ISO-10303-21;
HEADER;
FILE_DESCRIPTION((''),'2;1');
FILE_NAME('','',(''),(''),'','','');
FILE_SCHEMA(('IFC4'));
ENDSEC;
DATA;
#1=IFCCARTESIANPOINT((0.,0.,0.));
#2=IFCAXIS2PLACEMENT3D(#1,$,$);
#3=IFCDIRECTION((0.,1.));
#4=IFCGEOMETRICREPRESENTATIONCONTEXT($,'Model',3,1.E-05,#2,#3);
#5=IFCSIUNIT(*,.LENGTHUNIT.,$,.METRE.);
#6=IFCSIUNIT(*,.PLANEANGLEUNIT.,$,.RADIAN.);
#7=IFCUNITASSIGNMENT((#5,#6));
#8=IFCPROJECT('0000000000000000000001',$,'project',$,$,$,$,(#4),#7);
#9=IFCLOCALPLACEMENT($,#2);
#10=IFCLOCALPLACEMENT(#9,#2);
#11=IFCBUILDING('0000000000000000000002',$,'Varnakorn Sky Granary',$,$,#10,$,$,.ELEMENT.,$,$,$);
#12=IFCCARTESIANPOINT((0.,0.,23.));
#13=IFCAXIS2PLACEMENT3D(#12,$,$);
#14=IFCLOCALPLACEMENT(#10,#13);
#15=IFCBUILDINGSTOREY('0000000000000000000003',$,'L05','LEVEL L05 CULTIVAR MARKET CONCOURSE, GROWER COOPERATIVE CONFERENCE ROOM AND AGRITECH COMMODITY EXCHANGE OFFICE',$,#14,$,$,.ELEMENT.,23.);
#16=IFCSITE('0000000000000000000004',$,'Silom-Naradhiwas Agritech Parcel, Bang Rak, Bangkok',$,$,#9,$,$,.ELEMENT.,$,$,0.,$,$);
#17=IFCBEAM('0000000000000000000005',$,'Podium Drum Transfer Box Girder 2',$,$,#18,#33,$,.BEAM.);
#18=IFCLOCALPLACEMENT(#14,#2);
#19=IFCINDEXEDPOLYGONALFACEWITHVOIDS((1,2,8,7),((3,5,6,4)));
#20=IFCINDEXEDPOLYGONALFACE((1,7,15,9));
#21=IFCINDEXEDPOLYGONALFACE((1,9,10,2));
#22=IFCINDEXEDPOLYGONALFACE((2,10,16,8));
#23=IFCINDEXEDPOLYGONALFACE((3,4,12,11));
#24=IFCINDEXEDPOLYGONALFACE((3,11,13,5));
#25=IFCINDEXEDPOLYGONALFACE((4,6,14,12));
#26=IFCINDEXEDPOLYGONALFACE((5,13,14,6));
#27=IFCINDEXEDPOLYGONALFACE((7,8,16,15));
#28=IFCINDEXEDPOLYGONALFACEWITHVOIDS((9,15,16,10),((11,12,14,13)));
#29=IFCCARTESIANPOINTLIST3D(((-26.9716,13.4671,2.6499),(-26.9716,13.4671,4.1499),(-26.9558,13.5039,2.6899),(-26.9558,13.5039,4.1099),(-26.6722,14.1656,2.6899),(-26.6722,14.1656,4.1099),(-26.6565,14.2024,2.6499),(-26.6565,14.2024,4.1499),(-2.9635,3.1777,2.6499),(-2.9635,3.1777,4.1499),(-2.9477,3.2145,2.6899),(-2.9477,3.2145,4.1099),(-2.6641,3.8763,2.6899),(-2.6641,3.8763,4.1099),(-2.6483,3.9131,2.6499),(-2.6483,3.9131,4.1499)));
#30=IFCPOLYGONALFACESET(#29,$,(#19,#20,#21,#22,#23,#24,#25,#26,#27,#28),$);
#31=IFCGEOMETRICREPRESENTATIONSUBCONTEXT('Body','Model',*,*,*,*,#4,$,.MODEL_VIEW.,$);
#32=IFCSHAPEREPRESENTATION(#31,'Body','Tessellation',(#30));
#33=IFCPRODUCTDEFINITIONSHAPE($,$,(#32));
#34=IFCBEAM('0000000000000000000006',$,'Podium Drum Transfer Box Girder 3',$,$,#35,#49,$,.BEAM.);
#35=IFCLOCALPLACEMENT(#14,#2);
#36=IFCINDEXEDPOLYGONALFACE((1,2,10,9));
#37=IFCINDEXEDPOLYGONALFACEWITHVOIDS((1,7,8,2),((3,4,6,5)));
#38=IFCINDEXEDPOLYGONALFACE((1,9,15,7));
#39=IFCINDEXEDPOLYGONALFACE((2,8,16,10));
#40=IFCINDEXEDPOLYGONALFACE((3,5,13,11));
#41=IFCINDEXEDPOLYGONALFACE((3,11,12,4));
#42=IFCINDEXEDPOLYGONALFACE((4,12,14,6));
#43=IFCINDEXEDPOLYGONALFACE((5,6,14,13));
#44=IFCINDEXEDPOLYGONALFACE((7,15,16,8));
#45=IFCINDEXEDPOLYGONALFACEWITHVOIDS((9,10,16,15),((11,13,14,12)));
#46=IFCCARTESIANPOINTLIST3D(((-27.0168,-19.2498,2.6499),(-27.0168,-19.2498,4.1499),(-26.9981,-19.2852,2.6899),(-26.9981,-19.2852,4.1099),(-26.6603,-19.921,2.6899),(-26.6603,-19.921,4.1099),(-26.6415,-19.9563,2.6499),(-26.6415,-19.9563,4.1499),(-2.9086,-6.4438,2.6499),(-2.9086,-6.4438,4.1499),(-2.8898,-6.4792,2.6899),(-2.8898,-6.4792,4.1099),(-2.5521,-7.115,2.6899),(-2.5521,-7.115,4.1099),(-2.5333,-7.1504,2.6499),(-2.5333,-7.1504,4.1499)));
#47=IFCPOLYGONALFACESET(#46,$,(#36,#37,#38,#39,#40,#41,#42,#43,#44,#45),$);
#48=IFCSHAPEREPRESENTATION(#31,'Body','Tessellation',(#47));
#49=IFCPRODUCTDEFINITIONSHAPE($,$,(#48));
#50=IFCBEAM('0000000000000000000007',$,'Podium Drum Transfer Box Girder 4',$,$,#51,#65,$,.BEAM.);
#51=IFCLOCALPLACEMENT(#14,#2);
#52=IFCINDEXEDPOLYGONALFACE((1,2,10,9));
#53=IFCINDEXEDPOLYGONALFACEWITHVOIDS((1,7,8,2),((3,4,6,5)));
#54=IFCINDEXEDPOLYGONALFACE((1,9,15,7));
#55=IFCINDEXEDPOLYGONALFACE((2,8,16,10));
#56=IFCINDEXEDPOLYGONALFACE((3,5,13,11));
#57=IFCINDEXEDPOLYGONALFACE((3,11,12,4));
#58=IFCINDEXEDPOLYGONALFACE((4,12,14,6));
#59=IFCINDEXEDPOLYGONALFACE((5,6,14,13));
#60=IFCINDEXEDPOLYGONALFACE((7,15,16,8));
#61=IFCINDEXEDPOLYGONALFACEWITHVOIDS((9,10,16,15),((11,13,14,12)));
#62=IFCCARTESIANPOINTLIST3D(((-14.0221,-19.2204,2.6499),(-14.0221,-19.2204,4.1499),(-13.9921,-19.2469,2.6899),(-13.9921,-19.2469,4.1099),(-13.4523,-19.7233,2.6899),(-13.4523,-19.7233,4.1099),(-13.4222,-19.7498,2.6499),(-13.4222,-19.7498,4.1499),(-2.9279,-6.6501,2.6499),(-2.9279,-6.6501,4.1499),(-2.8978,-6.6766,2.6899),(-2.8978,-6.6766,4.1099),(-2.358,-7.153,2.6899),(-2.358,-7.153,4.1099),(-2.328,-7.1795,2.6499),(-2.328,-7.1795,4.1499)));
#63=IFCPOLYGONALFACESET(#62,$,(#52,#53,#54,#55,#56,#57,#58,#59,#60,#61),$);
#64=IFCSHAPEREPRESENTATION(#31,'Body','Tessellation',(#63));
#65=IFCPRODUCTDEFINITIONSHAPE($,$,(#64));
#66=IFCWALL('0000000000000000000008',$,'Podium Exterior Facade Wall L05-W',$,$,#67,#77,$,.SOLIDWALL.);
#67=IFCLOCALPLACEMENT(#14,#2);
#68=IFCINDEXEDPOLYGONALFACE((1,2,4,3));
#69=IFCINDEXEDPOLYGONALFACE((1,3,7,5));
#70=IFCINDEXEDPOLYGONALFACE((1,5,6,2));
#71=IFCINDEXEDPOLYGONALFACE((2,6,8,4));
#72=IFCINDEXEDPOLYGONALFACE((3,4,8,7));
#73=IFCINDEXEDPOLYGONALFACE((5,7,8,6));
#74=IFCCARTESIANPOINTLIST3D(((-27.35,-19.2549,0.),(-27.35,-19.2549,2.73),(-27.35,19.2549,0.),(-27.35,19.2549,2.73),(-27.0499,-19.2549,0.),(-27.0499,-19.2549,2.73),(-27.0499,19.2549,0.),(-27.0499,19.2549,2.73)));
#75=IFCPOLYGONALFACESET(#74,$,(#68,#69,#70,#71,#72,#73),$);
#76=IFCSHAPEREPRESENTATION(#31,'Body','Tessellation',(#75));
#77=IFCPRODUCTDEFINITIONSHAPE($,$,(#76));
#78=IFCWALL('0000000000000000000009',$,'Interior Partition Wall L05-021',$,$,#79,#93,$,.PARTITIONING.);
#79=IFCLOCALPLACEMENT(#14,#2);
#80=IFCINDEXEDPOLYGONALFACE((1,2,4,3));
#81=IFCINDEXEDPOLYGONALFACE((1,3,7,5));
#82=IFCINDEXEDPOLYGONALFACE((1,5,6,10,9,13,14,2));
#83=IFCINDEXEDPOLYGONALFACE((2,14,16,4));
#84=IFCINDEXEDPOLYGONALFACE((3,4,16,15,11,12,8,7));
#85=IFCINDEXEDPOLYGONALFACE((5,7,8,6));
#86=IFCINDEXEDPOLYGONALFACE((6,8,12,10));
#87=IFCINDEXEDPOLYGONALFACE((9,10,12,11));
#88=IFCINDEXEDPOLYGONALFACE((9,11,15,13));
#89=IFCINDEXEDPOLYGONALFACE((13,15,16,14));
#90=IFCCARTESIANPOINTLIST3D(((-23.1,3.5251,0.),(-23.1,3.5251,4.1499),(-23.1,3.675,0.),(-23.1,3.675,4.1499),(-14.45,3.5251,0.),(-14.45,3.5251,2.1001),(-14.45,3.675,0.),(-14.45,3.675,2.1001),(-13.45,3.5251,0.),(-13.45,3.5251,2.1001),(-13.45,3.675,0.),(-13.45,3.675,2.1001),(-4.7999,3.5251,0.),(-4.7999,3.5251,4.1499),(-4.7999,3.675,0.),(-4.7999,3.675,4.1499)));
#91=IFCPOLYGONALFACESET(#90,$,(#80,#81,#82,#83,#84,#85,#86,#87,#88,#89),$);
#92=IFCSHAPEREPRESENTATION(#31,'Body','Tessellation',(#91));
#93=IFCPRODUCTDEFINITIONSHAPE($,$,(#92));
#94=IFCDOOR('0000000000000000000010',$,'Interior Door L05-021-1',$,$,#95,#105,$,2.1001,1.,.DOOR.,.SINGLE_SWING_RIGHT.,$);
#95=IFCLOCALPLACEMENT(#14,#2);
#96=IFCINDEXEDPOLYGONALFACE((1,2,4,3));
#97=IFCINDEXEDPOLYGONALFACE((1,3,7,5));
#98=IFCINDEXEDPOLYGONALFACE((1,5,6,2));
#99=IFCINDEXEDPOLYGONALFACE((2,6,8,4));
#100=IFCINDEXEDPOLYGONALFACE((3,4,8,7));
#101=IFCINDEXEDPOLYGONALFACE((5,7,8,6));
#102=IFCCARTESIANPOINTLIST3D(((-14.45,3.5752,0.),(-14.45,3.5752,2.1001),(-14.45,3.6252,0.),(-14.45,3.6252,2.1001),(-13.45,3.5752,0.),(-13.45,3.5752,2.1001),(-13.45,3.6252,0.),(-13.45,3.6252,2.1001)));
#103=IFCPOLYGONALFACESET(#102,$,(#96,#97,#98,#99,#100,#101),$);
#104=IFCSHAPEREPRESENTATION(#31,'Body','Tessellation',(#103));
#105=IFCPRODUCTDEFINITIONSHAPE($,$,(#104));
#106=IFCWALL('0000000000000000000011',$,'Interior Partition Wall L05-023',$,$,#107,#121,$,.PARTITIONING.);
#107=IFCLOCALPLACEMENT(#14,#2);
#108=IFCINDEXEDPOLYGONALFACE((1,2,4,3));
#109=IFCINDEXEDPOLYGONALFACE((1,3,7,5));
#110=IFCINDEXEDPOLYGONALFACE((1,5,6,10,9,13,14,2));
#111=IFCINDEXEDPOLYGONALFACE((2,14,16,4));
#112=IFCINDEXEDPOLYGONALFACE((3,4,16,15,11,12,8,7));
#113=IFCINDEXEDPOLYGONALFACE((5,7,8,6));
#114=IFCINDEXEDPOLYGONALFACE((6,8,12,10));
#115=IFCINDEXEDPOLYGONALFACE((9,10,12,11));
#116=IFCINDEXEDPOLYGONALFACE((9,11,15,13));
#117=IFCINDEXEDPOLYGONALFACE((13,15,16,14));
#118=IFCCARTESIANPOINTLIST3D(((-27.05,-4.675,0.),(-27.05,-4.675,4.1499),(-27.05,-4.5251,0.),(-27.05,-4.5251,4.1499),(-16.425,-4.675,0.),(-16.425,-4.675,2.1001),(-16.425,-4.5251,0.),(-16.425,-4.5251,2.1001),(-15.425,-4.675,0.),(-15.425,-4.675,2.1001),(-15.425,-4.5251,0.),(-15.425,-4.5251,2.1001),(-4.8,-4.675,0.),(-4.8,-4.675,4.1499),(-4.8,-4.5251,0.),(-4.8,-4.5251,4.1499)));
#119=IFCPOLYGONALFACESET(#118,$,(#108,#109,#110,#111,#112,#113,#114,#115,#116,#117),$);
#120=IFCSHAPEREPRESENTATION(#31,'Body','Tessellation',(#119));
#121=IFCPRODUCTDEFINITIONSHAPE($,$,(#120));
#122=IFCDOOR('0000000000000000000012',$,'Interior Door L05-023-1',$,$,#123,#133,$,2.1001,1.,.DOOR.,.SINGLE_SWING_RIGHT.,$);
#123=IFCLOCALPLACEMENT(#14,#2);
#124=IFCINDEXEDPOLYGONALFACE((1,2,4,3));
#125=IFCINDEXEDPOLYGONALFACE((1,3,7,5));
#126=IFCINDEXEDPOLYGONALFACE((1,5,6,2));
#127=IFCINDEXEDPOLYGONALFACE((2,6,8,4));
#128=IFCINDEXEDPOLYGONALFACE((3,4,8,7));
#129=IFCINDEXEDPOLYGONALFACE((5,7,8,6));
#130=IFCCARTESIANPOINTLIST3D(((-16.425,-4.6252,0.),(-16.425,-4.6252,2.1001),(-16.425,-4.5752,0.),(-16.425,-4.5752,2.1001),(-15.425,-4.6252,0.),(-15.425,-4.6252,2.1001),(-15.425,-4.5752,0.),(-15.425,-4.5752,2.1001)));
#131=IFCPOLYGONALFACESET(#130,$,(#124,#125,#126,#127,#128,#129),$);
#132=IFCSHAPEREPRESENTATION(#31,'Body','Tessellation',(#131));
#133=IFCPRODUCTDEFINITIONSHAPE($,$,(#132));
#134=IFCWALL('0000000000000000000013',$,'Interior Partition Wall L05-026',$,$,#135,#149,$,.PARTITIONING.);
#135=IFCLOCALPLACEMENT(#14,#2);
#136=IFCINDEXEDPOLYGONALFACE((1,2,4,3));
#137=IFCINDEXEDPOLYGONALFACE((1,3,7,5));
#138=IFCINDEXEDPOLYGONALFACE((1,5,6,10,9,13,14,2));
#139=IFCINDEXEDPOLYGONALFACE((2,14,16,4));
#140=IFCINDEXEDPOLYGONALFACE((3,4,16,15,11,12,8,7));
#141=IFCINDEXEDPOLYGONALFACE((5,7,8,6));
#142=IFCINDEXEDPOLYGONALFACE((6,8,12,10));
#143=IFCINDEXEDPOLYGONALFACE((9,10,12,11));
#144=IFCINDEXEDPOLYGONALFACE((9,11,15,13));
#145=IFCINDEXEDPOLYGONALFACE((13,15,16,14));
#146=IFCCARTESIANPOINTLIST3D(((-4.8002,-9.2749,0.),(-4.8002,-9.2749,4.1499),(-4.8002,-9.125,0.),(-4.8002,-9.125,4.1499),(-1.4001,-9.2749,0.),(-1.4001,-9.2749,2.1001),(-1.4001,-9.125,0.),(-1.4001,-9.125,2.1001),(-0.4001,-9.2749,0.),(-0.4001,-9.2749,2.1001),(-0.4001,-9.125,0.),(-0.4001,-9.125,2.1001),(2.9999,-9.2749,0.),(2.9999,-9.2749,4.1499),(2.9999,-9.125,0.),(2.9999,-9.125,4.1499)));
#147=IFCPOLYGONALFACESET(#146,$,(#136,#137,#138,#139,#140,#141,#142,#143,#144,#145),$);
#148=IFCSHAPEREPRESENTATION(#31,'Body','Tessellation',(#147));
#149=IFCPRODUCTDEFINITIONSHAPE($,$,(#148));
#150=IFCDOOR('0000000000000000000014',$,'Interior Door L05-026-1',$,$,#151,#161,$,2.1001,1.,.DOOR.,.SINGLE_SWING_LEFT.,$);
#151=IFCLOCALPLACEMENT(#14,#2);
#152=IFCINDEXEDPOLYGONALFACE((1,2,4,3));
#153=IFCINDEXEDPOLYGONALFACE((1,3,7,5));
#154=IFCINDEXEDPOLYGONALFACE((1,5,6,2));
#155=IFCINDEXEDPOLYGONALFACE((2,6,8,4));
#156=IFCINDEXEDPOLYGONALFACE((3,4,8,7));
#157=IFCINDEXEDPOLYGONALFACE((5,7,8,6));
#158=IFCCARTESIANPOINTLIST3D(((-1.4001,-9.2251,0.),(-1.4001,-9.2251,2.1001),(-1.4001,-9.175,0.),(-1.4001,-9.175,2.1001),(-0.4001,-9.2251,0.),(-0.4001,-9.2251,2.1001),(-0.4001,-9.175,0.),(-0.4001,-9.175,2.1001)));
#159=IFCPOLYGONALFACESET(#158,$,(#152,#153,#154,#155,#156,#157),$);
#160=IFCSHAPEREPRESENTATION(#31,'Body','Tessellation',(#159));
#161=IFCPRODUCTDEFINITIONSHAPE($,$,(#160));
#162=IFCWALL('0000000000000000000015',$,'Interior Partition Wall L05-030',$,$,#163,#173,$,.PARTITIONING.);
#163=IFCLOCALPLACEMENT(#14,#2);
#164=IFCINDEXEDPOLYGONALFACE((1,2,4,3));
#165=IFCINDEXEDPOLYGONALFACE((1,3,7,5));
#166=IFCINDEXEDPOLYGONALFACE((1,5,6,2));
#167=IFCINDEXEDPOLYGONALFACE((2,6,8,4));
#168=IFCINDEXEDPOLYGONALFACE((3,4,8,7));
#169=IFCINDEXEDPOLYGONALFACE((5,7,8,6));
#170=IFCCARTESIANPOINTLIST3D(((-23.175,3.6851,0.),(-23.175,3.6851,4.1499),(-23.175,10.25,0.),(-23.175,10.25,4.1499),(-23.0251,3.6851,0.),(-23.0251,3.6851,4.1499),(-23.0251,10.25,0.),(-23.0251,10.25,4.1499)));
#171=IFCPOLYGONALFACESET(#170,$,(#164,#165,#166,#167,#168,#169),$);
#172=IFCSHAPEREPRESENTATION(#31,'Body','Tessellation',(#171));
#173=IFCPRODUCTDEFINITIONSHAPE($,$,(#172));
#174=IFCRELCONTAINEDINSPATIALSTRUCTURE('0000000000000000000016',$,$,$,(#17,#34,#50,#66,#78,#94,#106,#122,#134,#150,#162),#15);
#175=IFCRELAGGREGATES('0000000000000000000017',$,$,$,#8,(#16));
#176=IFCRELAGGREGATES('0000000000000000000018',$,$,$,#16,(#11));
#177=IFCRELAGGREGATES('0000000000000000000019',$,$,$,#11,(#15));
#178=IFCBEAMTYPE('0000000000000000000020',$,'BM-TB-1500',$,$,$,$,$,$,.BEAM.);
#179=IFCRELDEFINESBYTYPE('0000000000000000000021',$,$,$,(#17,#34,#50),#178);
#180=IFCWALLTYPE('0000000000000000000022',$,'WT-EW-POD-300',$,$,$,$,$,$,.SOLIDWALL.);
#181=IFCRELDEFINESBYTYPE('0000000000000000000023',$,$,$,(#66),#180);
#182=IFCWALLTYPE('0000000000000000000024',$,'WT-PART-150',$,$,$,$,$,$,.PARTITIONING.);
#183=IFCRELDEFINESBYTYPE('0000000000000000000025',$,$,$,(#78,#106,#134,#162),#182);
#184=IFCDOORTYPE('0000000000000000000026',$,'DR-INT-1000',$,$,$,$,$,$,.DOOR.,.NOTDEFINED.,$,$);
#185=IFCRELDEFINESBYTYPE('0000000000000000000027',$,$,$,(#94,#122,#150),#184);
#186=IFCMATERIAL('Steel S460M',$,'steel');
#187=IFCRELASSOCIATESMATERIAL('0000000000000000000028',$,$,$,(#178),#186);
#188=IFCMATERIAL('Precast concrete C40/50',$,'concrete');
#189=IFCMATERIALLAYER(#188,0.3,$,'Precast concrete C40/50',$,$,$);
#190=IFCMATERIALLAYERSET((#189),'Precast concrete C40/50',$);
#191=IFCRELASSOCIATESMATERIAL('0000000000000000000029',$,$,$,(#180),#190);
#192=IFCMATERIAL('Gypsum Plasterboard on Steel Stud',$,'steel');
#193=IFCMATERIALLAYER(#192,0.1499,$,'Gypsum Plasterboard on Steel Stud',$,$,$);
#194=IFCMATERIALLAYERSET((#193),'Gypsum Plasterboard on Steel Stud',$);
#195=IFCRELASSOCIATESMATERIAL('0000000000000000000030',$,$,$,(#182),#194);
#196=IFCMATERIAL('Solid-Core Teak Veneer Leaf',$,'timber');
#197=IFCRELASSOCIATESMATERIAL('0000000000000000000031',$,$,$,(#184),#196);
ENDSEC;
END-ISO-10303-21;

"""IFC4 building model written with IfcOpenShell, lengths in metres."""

from ifc_helpers import new_model, si_unit, direction, frame, frame_2d, origin, origin_2d, place, context, subcontext, project, spatial, rectangle, hollow_rectangle, extrude, material, layer, layer_set, material_profile, profile_set, type_object, element, fill, save


model = new_model("IFC4")

# Units and contexts
model_context = context("Model", 3, precision=1e-05, world=origin(), true_north=direction((0.0, 1.0)))
body_context = subcontext(model_context, "Body", "Model", "MODEL_VIEW")
ifc_project = project(units=[si_unit("LENGTHUNIT", "METRE"), si_unit("PLANEANGLEUNIT", "RADIAN")], contexts=[model_context])

# Site, building, storey
site_placement = place(None, origin())
site = spatial("IfcSite", under=ifc_project, at=site_placement, Name="Silom-Naradhiwas Agritech Parcel, Bang Rak, Bangkok", CompositionType="ELEMENT", RefElevation=0.0)
building_placement = place(site_placement, origin())
building = spatial("IfcBuilding", under=site, at=building_placement, Name="Varnakorn Sky Granary", CompositionType="ELEMENT")
storey_placement = place(building_placement, frame((0.0, 0.0, 23.0)))
storey = spatial("IfcBuildingStorey", under=building, at=storey_placement, Name="L05", Description="LEVEL L05 CULTIVAR MARKET CONCOURSE, GROWER COOPERATIVE CONFERENCE ROOM AND AGRITECH COMMODITY EXCHANGE OFFICE", CompositionType="ELEMENT", Elevation=23.0)

# Beams
ifc_material_1 = material(Name="Steel S460M", Category="steel")
ifc_material_profile_1 = material_profile(ifc_material_1, hollow_rectangle(XDim=0.8, YDim=1.5, WallThickness=0.04, at=origin_2d()), Name="BOX 800x1500x40")
ifc_profile_set_1 = profile_set([ifc_material_profile_1], Name="Steel S460M")
beam_type_1 = type_object("IfcBeamType", Name="BM-TB-1500", PredefinedType="BEAM", material=ifc_profile_set_1)
beam_1_placement = place(storey_placement, frame((-2.8059, 3.5454, 3.3999), z_axis=(-0.919143, 0.393924, 0.0), x_axis=(-0.393924, -0.919143, 0.0)))
element("IfcBeam", 1, at=beam_1_placement, inside=storey, type_object=beam_type_1, Name="Podium Drum Transfer Box Girder 2", PredefinedType="BEAM", context=body_context, shape_type="SweptSolid", body=[
    extrude(hollow_rectangle(XDim=0.8, YDim=1.5, WallThickness=0.04, at=origin_2d()), origin(), (0.0, 0.0, 1.0), 26.1201),
])
beam_2_placement = place(storey_placement, frame((-2.7209, -6.7971, 3.3999), z_axis=(-0.883139, -0.469111, 0.0), x_axis=(0.469111, -0.883139, 0.0)))
element("IfcBeam", 2, at=beam_2_placement, inside=storey, type_object=beam_type_1, Name="Podium Drum Transfer Box Girder 3", PredefinedType="BEAM", context=body_context, shape_type="SweptSolid", body=[
    extrude(hollow_rectangle(XDim=0.8, YDim=1.5, WallThickness=0.04, at=origin_2d()), origin(), (0.0, 0.0, 1.0), 27.2983),
])
beam_3_placement = place(storey_placement, frame((-2.6279, -6.9148, 3.3999), z_axis=(-0.661715, -0.749755, 0.0), x_axis=(0.749755, -0.661715, 0.0)))
element("IfcBeam", 3, at=beam_3_placement, inside=storey, type_object=beam_type_1, Name="Podium Drum Transfer Box Girder 4", PredefinedType="BEAM", context=body_context, shape_type="SweptSolid", body=[
    extrude(hollow_rectangle(XDim=0.8, YDim=1.5, WallThickness=0.04, at=origin_2d()), origin(), (0.0, 0.0, 1.0), 16.7659),
])

# Wall
ifc_material_2 = material(Name="Precast concrete C40/50", Category="concrete")
ifc_layer_1 = layer(ifc_material_2, 0.3, Name="Precast concrete C40/50")
ifc_layer_set_1 = layer_set([ifc_layer_1], Name="Precast concrete C40/50")
wall_type_1 = type_object("IfcWallType", Name="WT-EW-POD-300", PredefinedType="SOLIDWALL", material=ifc_layer_set_1)
wall_1_placement = place(storey_placement, frame((-27.2, -19.2549, 0.0), z_axis=(0.0, 0.0, 1.0), x_axis=(0.0, 1.0, 0.0)))
element("IfcWall", 4, at=wall_1_placement, inside=storey, type_object=wall_type_1, Name="Podium Exterior Facade Wall L05-W", PredefinedType="SOLIDWALL", context=body_context, shape_type="SweptSolid", body=[
    extrude(rectangle(XDim=38.5098, YDim=0.3, at=frame_2d((19.2549, 0.0))), origin(), (0.0, 0.0, 1.0), 2.73),
])

# Walls, openings, doors
ifc_material_3 = material(Name="Gypsum Plasterboard on Steel Stud", Category="steel")
ifc_layer_2 = layer(ifc_material_3, 0.1499, Name="Gypsum Plasterboard on Steel Stud")
ifc_layer_set_2 = layer_set([ifc_layer_2], Name="Gypsum Plasterboard on Steel Stud")
wall_type_2 = type_object("IfcWallType", Name="WT-PART-150", PredefinedType="PARTITIONING", material=ifc_layer_set_2)
wall_2_placement = place(storey_placement, frame((-4.8, 3.6001, 0.0), z_axis=(0.0, 0.0, 1.0), x_axis=(-1.0, 0.0, 0.0)))
wall_2 = element("IfcWall", 5, at=wall_2_placement, inside=storey, type_object=wall_type_2, Name="Interior Partition Wall L05-021", PredefinedType="PARTITIONING", context=body_context, shape_type="SweptSolid", body=[
    extrude(rectangle(XDim=18.3, YDim=0.1499, at=frame_2d((9.1499, 0.0))), origin(), (0.0, 0.0, 1.0), 4.1499),
])
opening_1_placement = place(wall_2_placement, frame((8.6499, 0.0, 0.0)))
opening_1 = element("IfcOpeningElement", 6, at=opening_1_placement, cuts=wall_2, PredefinedType="OPENING", context=body_context, shape_type="SweptSolid", body=[
    extrude(rectangle(XDim=1.0, YDim=2.1001, at=frame_2d((0.5, 1.05))), frame((0.0, 0.085, 0.0), z_axis=(0.0, -1.0, 0.0), x_axis=(1.0, 0.0, 0.0)), (0.0, 0.0, 1.0), 0.1699),
])
ifc_material_4 = material(Name="Solid-Core Teak Veneer Leaf", Category="timber")
door_type = type_object("IfcDoorType", Name="DR-INT-1000", OperationType="NOTDEFINED", PredefinedType="DOOR", material=ifc_material_4)
door_1_placement = place(opening_1_placement, origin())
door_1 = element("IfcDoor", 7, at=door_1_placement, inside=storey, type_object=door_type, Name="Interior Door L05-021-1", OperationType="SINGLE_SWING_RIGHT", OverallHeight=2.1001, OverallWidth=1.0, PredefinedType="DOOR", context=body_context, shape_type="SweptSolid", body=[
    extrude(rectangle(XDim=1.0, YDim=2.1001, at=frame_2d((0.5, 1.05))), frame((0.0, 0.0249, 0.0), z_axis=(0.0, -1.0, 0.0), x_axis=(1.0, 0.0, 0.0)), (0.0, 0.0, 1.0), 0.05),
])
fill(opening_1, door_1)
wall_3_placement = place(storey_placement, frame((-27.05, -4.6001, 0.0), z_axis=(0.0, 0.0, 1.0), x_axis=(1.0, 0.0, 0.0)))
wall_3 = element("IfcWall", 8, at=wall_3_placement, inside=storey, type_object=wall_type_2, Name="Interior Partition Wall L05-023", PredefinedType="PARTITIONING", context=body_context, shape_type="SweptSolid", body=[
    extrude(rectangle(XDim=22.25, YDim=0.1499, at=frame_2d((11.125, 0.0))), origin(), (0.0, 0.0, 1.0), 4.1499),
])
opening_2_placement = place(wall_3_placement, frame((10.625, 0.0, 0.0)))
opening_2 = element("IfcOpeningElement", 9, at=opening_2_placement, cuts=wall_3, PredefinedType="OPENING", context=body_context, shape_type="SweptSolid", body=[
    extrude(rectangle(XDim=1.0, YDim=2.1001, at=frame_2d((0.5, 1.05))), frame((0.0, 0.085, 0.0), z_axis=(0.0, -1.0, 0.0), x_axis=(1.0, 0.0, 0.0)), (0.0, 0.0, 1.0), 0.1699),
])
door_2_placement = place(opening_2_placement, origin())
door_2 = element("IfcDoor", 10, at=door_2_placement, inside=storey, type_object=door_type, Name="Interior Door L05-023-1", OperationType="SINGLE_SWING_RIGHT", OverallHeight=2.1001, OverallWidth=1.0, PredefinedType="DOOR", context=body_context, shape_type="SweptSolid", body=[
    extrude(rectangle(XDim=1.0, YDim=2.1001, at=frame_2d((0.5, 1.05))), frame((0.0, 0.0249, 0.0), z_axis=(0.0, -1.0, 0.0), x_axis=(1.0, 0.0, 0.0)), (0.0, 0.0, 1.0), 0.05),
])
fill(opening_2, door_2)
wall_4_placement = place(storey_placement, frame((-4.8, -9.2, 0.0), z_axis=(0.0, 0.0, 1.0), x_axis=(1.0, 0.0, 0.0)))
wall_4 = element("IfcWall", 11, at=wall_4_placement, inside=storey, type_object=wall_type_2, Name="Interior Partition Wall L05-026", PredefinedType="PARTITIONING", context=body_context, shape_type="SweptSolid", body=[
    extrude(rectangle(XDim=7.8, YDim=0.1499, at=frame_2d((3.8999, 0.0))), origin(), (0.0, 0.0, 1.0), 4.1499),
])
opening_3_placement = place(wall_4_placement, frame((3.3999, 0.0, 0.0)))
opening_3 = element("IfcOpeningElement", 12, at=opening_3_placement, cuts=wall_4, PredefinedType="OPENING", context=body_context, shape_type="SweptSolid", body=[
    extrude(rectangle(XDim=1.0, YDim=2.1001, at=frame_2d((0.5, 1.05))), frame((0.0, 0.085, 0.0), z_axis=(0.0, -1.0, 0.0), x_axis=(1.0, 0.0, 0.0)), (0.0, 0.0, 1.0), 0.1699),
])
door_3_placement = place(opening_3_placement, origin())
door_3 = element("IfcDoor", 13, at=door_3_placement, inside=storey, type_object=door_type, Name="Interior Door L05-026-1", OperationType="SINGLE_SWING_LEFT", OverallHeight=2.1001, OverallWidth=1.0, PredefinedType="DOOR", context=body_context, shape_type="SweptSolid", body=[
    extrude(rectangle(XDim=1.0, YDim=2.1001, at=frame_2d((0.5, 1.05))), frame((0.0, 0.0249, 0.0), z_axis=(0.0, -1.0, 0.0), x_axis=(1.0, 0.0, 0.0)), (0.0, 0.0, 1.0), 0.05),
])
fill(opening_3, door_3)

# Wall
wall_5_placement = place(storey_placement, frame((-23.1001, 3.6851, 0.0), z_axis=(0.0, 0.0, 1.0), x_axis=(0.0, 1.0, 0.0)))
element("IfcWall", 14, at=wall_5_placement, inside=storey, type_object=wall_type_2, Name="Interior Partition Wall L05-030", PredefinedType="PARTITIONING", context=body_context, shape_type="SweptSolid", body=[
    extrude(rectangle(XDim=6.5649, YDim=0.1499, at=frame_2d((3.2825, 0.0))), origin(), (0.0, 0.0, 1.0), 4.1499),
])

save(model, "model.ifc")
